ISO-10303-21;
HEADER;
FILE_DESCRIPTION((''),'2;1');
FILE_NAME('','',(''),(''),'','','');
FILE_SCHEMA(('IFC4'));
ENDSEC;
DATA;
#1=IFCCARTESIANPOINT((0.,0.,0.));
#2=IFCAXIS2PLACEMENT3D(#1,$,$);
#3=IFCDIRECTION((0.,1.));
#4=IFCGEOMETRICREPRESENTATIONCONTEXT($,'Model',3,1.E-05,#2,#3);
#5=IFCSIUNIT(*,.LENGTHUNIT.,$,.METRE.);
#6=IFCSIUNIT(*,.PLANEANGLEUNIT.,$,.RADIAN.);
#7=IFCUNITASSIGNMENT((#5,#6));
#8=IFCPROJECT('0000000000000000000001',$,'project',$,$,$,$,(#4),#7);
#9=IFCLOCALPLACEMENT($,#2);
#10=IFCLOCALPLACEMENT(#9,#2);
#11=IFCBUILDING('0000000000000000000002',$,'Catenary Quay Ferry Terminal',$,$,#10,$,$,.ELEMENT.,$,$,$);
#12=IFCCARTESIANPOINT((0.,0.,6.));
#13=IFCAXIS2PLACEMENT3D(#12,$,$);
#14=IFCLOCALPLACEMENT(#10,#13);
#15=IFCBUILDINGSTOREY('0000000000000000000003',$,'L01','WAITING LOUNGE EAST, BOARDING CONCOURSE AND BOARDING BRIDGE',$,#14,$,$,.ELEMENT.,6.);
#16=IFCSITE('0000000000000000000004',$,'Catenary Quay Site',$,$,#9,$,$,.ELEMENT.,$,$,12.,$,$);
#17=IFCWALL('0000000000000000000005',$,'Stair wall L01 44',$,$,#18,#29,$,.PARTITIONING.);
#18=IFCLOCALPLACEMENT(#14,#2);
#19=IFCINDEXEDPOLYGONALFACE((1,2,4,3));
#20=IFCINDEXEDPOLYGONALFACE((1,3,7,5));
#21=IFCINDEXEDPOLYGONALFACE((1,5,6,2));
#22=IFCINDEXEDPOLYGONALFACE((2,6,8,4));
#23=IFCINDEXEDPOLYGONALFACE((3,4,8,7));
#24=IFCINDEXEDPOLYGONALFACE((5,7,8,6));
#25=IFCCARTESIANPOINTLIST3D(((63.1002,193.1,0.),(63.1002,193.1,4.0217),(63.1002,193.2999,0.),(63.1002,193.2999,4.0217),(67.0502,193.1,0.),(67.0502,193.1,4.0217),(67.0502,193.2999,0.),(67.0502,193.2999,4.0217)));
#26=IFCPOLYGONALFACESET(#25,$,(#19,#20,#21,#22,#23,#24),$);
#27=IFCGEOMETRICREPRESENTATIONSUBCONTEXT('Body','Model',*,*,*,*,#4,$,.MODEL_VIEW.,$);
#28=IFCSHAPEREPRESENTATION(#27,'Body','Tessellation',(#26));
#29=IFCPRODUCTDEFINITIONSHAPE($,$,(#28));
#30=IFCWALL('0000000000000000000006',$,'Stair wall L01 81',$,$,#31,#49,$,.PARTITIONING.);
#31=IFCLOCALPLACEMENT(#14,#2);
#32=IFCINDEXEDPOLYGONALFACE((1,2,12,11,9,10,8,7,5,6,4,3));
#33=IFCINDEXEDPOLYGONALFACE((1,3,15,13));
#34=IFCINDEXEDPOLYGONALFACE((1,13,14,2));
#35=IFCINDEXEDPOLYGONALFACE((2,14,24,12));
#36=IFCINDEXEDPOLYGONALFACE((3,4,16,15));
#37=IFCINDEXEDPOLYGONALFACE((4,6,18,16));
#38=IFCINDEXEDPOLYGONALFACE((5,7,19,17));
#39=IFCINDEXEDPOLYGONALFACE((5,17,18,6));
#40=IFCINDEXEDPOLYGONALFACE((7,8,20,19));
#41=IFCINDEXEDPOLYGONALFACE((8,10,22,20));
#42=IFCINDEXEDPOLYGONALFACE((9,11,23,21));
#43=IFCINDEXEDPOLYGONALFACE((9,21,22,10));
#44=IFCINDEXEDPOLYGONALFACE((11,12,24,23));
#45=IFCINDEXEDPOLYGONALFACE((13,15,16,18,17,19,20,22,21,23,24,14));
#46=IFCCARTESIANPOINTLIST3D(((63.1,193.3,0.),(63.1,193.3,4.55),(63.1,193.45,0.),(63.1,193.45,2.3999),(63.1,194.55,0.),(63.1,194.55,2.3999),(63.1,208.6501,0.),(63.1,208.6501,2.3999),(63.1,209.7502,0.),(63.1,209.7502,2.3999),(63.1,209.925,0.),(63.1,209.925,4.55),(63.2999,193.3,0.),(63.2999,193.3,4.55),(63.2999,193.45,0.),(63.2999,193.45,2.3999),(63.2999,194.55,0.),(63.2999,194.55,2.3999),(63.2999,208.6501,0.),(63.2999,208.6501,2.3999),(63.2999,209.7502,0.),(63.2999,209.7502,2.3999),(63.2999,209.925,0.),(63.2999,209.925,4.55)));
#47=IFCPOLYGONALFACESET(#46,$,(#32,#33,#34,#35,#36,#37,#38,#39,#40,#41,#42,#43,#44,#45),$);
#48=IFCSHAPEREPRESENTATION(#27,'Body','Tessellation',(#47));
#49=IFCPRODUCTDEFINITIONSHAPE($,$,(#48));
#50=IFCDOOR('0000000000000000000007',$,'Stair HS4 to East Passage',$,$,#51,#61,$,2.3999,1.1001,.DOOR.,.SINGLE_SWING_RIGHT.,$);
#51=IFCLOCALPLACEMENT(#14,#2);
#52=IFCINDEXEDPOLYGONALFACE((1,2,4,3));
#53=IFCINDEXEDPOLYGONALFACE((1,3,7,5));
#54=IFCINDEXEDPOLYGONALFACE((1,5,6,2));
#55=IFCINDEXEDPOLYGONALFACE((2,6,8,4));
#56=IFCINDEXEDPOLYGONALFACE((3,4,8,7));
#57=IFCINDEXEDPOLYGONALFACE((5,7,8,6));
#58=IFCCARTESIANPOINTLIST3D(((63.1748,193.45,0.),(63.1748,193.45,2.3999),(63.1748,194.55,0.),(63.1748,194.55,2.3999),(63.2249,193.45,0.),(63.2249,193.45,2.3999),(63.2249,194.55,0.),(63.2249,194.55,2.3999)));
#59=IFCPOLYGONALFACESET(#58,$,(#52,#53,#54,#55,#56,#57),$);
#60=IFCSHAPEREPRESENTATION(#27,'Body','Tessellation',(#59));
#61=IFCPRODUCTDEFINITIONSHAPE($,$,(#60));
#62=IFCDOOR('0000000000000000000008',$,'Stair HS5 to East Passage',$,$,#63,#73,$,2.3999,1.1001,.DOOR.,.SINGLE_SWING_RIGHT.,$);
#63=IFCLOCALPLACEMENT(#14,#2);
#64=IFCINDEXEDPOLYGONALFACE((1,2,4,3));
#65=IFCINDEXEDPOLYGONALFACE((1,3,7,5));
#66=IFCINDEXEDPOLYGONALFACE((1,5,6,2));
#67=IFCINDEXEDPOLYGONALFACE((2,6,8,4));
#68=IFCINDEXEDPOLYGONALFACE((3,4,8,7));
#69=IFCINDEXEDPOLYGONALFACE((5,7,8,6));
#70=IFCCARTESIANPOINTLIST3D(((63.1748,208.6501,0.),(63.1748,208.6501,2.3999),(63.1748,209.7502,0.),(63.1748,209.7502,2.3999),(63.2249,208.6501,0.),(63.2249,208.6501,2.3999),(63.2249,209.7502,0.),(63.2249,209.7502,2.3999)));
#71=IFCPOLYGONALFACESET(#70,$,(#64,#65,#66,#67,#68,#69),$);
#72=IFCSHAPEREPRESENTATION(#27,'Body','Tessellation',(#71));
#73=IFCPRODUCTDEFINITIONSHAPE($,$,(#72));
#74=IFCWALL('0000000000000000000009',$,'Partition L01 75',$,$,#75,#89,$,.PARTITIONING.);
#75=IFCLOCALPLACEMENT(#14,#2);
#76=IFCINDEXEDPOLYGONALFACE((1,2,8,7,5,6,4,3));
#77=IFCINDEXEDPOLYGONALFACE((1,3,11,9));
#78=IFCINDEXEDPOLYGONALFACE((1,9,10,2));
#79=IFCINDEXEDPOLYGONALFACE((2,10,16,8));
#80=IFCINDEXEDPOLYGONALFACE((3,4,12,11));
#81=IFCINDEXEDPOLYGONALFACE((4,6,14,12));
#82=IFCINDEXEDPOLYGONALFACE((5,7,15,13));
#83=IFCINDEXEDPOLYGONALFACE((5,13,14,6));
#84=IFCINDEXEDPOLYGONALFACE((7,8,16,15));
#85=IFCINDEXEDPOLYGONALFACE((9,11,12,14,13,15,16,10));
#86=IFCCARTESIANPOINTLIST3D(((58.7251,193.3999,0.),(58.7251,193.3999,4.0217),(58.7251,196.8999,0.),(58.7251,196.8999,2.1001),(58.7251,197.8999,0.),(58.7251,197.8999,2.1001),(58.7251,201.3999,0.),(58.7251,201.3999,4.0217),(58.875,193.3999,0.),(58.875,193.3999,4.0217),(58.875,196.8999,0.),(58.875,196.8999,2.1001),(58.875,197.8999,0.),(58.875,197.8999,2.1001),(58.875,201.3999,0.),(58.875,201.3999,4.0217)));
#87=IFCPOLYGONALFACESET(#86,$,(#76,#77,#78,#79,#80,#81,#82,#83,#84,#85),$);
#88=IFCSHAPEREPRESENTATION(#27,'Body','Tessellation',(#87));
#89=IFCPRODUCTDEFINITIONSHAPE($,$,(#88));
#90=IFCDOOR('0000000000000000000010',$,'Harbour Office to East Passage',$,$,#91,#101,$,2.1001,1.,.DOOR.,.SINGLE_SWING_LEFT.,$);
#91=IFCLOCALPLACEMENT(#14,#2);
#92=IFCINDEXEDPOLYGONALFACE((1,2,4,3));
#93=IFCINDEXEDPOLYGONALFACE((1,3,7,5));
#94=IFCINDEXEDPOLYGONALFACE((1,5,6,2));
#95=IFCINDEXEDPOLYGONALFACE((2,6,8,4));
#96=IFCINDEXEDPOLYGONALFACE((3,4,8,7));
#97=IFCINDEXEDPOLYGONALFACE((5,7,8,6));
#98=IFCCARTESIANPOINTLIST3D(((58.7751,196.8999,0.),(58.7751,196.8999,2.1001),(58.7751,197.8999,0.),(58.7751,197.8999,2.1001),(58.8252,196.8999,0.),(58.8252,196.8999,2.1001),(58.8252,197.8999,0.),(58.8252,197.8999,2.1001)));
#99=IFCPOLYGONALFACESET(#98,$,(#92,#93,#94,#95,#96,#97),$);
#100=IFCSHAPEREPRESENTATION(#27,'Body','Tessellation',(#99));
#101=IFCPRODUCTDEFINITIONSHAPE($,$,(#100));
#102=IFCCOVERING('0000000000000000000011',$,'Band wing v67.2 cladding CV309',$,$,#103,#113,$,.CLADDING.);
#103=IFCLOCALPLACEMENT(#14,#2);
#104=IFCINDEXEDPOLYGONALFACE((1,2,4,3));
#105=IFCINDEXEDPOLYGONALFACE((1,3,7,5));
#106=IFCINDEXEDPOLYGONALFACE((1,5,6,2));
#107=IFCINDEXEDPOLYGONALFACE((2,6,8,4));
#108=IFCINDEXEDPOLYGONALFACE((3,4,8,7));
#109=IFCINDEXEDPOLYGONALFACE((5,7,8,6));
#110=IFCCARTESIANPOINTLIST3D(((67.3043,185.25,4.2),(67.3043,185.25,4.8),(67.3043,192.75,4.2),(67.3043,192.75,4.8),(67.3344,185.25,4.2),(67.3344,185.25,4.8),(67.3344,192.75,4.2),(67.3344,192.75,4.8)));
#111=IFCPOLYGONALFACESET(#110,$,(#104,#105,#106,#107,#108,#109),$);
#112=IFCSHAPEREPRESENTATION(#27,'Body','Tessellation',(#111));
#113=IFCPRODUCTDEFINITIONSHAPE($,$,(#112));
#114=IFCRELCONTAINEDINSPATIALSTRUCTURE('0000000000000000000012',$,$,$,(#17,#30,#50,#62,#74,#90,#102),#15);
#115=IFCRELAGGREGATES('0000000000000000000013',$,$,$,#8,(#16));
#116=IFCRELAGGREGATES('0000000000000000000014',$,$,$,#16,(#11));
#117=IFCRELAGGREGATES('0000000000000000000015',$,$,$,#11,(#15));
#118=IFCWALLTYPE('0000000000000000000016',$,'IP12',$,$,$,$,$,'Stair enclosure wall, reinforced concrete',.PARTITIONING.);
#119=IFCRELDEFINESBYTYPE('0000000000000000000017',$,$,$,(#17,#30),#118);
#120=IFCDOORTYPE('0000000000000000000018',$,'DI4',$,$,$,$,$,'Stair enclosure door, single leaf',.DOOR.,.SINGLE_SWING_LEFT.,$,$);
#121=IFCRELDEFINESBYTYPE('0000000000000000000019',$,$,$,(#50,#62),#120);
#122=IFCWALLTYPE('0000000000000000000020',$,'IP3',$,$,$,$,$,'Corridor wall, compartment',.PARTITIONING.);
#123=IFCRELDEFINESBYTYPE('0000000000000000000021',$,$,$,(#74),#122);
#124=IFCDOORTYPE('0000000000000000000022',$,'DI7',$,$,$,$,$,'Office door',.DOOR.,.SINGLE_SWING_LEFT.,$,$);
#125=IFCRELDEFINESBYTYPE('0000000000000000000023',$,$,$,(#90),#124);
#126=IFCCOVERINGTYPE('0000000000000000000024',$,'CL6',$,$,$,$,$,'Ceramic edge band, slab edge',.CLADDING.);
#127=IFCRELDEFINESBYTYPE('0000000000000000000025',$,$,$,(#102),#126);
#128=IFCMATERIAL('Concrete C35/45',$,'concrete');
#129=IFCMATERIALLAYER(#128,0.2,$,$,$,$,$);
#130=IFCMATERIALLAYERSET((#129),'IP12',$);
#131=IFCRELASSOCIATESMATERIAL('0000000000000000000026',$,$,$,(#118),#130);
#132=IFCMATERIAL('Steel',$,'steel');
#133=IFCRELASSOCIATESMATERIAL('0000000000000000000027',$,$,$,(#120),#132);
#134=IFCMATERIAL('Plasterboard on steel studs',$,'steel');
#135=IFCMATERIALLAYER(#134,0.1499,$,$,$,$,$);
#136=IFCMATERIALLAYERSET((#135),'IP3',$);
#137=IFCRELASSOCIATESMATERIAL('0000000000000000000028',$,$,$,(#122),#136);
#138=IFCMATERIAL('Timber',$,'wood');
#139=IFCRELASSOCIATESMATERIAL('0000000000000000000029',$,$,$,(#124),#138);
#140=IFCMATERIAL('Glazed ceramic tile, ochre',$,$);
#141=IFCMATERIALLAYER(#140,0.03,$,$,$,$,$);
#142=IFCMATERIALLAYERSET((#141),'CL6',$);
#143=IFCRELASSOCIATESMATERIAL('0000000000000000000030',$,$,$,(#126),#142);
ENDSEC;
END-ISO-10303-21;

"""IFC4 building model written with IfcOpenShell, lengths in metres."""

from ifc_helpers import new_model, si_unit, direction, frame, frame_2d, origin, origin_2d, place, context, subcontext, project, spatial, rectangle, extrude, material, layer, layer_set, type_object, element, fill, save


model = new_model("IFC4")

# Units and contexts
model_context = context("Model", 3, precision=1e-05, world=origin(), true_north=direction((0.0, 1.0)))
body_context = subcontext(model_context, "Body", "Model", "MODEL_VIEW")
ifc_project = project(units=[si_unit("LENGTHUNIT", "METRE"), si_unit("PLANEANGLEUNIT", "RADIAN")], contexts=[model_context])

# Site, building, storey
site_placement = place(None, origin())
site = spatial("IfcSite", under=ifc_project, at=site_placement, Name="Catenary Quay Site", CompositionType="ELEMENT", RefElevation=12.0)
building_placement = place(site_placement, origin())
building = spatial("IfcBuilding", under=site, at=building_placement, Name="Catenary Quay Ferry Terminal", CompositionType="ELEMENT")
storey_placement = place(building_placement, frame((0.0, 0.0, 6.0)))
storey = spatial("IfcBuildingStorey", under=building, at=storey_placement, Name="L01", Description="WAITING LOUNGE EAST, BOARDING CONCOURSE AND BOARDING BRIDGE", CompositionType="ELEMENT", Elevation=6.0)

# Wall
ifc_material_1 = material(Name="Concrete C35/45", Category="concrete")
ifc_layer_1 = layer(ifc_material_1, 0.2)
ifc_layer_set_1 = layer_set([ifc_layer_1], Name="IP12")
wall_type_1 = type_object("IfcWallType", Name="IP12", ElementType="Stair enclosure wall, reinforced concrete", PredefinedType="PARTITIONING", material=ifc_layer_set_1)
wall_1_placement = place(storey_placement, frame((63.1001, 193.2, 0.0), z_axis=(0.0, 0.0, 1.0), x_axis=(1.0, 0.0, 0.0)))
element("IfcWall", 1, at=wall_1_placement, inside=storey, type_object=wall_type_1, Name="Stair wall L01 44", PredefinedType="PARTITIONING", context=body_context, shape_type="SweptSolid", body=[
    extrude(rectangle(XDim=3.95, YDim=0.2, at=frame_2d((1.9751, 0.0))), origin(), (0.0, 0.0, 1.0), 4.0217),
])

# Wall, openings, doors
wall_2_placement = place(storey_placement, frame((63.2, 193.3, 0.0), z_axis=(0.0, 0.0, 1.0), x_axis=(0.0, 1.0, 0.0)))
wall_2 = element("IfcWall", 2, at=wall_2_placement, inside=storey, type_object=wall_type_1, Name="Stair wall L01 81", PredefinedType="PARTITIONING", context=body_context, shape_type="SweptSolid", body=[
    extrude(rectangle(XDim=16.625, YDim=0.2, at=frame_2d((8.3125, 0.0))), origin(), (0.0, 0.0, 1.0), 4.55),
])
opening_1_placement = place(wall_2_placement, frame((0.1499, 0.0, 0.0)))
opening_1 = element("IfcOpeningElement", 3, at=opening_1_placement, cuts=wall_2, PredefinedType="OPENING", context=body_context, shape_type="SweptSolid", body=[
    extrude(rectangle(XDim=1.1001, YDim=2.3999, at=frame_2d((0.55, 1.2))), frame((0.0, 0.1099, 0.0), z_axis=(0.0, -1.0, 0.0), x_axis=(1.0, 0.0, 0.0)), (0.0, 0.0, 1.0), 0.22),
])
opening_2_placement = place(wall_2_placement, frame((15.3501, 0.0, 0.0)))
opening_2 = element("IfcOpeningElement", 4, at=opening_2_placement, cuts=wall_2, PredefinedType="OPENING", context=body_context, shape_type="SweptSolid", body=[
    extrude(rectangle(XDim=1.1001, YDim=2.3999, at=frame_2d((0.55, 1.2))), frame((0.0, 0.1099, 0.0), z_axis=(0.0, -1.0, 0.0), x_axis=(1.0, 0.0, 0.0)), (0.0, 0.0, 1.0), 0.22),
])
ifc_material_2 = material(Name="Steel", Category="steel")
door_type_1 = type_object("IfcDoorType", Name="DI4", ElementType="Stair enclosure door, single leaf", OperationType="SINGLE_SWING_LEFT", PredefinedType="DOOR", material=ifc_material_2)
door_1_placement = place(opening_1_placement, frame((1.1001, 0.0, 0.0), z_axis=(0.0, 0.0, 1.0), x_axis=(-1.0, 0.0, 0.0)))
door_1 = element("IfcDoor", 5, at=door_1_placement, inside=storey, type_object=door_type_1, Name="Stair HS4 to East Passage", OperationType="SINGLE_SWING_RIGHT", OverallHeight=2.3999, OverallWidth=1.1001, PredefinedType="DOOR", context=body_context, shape_type="SweptSolid", body=[
    extrude(rectangle(XDim=1.1001, YDim=2.3999, at=frame_2d((0.55, 1.2))), frame((0.0, 0.0249, 0.0), z_axis=(0.0, -1.0, 0.0), x_axis=(1.0, 0.0, 0.0)), (0.0, 0.0, 1.0), 0.05),
])
fill(opening_1, door_1)
door_2_placement = place(opening_2_placement, frame((1.1001, 0.0, 0.0), z_axis=(0.0, 0.0, 1.0), x_axis=(-1.0, 0.0, 0.0)))
door_2 = element("IfcDoor", 6, at=door_2_placement, inside=storey, type_object=door_type_1, Name="Stair HS5 to East Passage", OperationType="SINGLE_SWING_RIGHT", OverallHeight=2.3999, OverallWidth=1.1001, PredefinedType="DOOR", context=body_context, shape_type="SweptSolid", body=[
    extrude(rectangle(XDim=1.1001, YDim=2.3999, at=frame_2d((0.55, 1.2))), frame((0.0, 0.0249, 0.0), z_axis=(0.0, -1.0, 0.0), x_axis=(1.0, 0.0, 0.0)), (0.0, 0.0, 1.0), 0.05),
])
fill(opening_2, door_2)

# Wall, opening, door
ifc_material_3 = material(Name="Plasterboard on steel studs", Category="steel")
ifc_layer_2 = layer(ifc_material_3, 0.1499)
ifc_layer_set_2 = layer_set([ifc_layer_2], Name="IP3")
wall_type_2 = type_object("IfcWallType", Name="IP3", ElementType="Corridor wall, compartment", PredefinedType="PARTITIONING", material=ifc_layer_set_2)
wall_3_placement = place(storey_placement, frame((58.8, 193.3999, 0.0), z_axis=(0.0, 0.0, 1.0), x_axis=(0.0, 1.0, 0.0)))
wall_3 = element("IfcWall", 7, at=wall_3_placement, inside=storey, type_object=wall_type_2, Name="Partition L01 75", PredefinedType="PARTITIONING", context=body_context, shape_type="SweptSolid", body=[
    extrude(rectangle(XDim=8.0, YDim=0.1499, at=frame_2d((4.0, 0.0))), origin(), (0.0, 0.0, 1.0), 4.0217),
])
opening_3_placement = place(wall_3_placement, frame((3.5, 0.0, 0.0)))
opening_3 = element("IfcOpeningElement", 8, at=opening_3_placement, cuts=wall_3, PredefinedType="OPENING", context=body_context, shape_type="SweptSolid", body=[
    extrude(rectangle(XDim=1.0, YDim=2.1001, at=frame_2d((0.5, 1.05))), frame((0.0, 0.085, 0.0), z_axis=(0.0, -1.0, 0.0), x_axis=(1.0, 0.0, 0.0)), (0.0, 0.0, 1.0), 0.1699),
])
ifc_material_4 = material(Name="Timber", Category="wood")
door_type_2 = type_object("IfcDoorType", Name="DI7", ElementType="Office door", OperationType="SINGLE_SWING_LEFT", PredefinedType="DOOR", material=ifc_material_4)
door_3_placement = place(opening_3_placement, origin())
door_3 = element("IfcDoor", 9, at=door_3_placement, inside=storey, type_object=door_type_2, Name="Harbour Office to East Passage", OperationType="SINGLE_SWING_LEFT", OverallHeight=2.1001, OverallWidth=1.0, PredefinedType="DOOR", context=body_context, shape_type="SweptSolid", body=[
    extrude(rectangle(XDim=1.0, YDim=2.1001, at=frame_2d((0.5, 1.05))), frame((0.0, 0.0249, 0.0), z_axis=(0.0, -1.0, 0.0), x_axis=(1.0, 0.0, 0.0)), (0.0, 0.0, 1.0), 0.05),
])
fill(opening_3, door_3)

# Covering
ifc_material_5 = material(Name="Glazed ceramic tile, ochre")
ifc_layer_3 = layer(ifc_material_5, 0.03)
ifc_layer_set_3 = layer_set([ifc_layer_3], Name="CL6")
covering_type = type_object("IfcCoveringType", Name="CL6", ElementType="Ceramic edge band, slab edge", PredefinedType="CLADDING", material=ifc_layer_set_3)
covering_placement = place(storey_placement, frame((67.3193, 189.0, 4.2), z_axis=(0.0, 0.0, 1.0), x_axis=(1.0, 0.0, 0.0)))
element("IfcCovering", 10, at=covering_placement, inside=storey, type_object=covering_type, Name="Band wing v67.2 cladding CV309", PredefinedType="CLADDING", context=body_context, shape_type="SweptSolid", body=[
    extrude(rectangle(XDim=0.03, YDim=7.5, at=origin_2d()), origin(), (0.0, 0.0, 1.0), 0.6001),
])

save(model, "model.ifc")
